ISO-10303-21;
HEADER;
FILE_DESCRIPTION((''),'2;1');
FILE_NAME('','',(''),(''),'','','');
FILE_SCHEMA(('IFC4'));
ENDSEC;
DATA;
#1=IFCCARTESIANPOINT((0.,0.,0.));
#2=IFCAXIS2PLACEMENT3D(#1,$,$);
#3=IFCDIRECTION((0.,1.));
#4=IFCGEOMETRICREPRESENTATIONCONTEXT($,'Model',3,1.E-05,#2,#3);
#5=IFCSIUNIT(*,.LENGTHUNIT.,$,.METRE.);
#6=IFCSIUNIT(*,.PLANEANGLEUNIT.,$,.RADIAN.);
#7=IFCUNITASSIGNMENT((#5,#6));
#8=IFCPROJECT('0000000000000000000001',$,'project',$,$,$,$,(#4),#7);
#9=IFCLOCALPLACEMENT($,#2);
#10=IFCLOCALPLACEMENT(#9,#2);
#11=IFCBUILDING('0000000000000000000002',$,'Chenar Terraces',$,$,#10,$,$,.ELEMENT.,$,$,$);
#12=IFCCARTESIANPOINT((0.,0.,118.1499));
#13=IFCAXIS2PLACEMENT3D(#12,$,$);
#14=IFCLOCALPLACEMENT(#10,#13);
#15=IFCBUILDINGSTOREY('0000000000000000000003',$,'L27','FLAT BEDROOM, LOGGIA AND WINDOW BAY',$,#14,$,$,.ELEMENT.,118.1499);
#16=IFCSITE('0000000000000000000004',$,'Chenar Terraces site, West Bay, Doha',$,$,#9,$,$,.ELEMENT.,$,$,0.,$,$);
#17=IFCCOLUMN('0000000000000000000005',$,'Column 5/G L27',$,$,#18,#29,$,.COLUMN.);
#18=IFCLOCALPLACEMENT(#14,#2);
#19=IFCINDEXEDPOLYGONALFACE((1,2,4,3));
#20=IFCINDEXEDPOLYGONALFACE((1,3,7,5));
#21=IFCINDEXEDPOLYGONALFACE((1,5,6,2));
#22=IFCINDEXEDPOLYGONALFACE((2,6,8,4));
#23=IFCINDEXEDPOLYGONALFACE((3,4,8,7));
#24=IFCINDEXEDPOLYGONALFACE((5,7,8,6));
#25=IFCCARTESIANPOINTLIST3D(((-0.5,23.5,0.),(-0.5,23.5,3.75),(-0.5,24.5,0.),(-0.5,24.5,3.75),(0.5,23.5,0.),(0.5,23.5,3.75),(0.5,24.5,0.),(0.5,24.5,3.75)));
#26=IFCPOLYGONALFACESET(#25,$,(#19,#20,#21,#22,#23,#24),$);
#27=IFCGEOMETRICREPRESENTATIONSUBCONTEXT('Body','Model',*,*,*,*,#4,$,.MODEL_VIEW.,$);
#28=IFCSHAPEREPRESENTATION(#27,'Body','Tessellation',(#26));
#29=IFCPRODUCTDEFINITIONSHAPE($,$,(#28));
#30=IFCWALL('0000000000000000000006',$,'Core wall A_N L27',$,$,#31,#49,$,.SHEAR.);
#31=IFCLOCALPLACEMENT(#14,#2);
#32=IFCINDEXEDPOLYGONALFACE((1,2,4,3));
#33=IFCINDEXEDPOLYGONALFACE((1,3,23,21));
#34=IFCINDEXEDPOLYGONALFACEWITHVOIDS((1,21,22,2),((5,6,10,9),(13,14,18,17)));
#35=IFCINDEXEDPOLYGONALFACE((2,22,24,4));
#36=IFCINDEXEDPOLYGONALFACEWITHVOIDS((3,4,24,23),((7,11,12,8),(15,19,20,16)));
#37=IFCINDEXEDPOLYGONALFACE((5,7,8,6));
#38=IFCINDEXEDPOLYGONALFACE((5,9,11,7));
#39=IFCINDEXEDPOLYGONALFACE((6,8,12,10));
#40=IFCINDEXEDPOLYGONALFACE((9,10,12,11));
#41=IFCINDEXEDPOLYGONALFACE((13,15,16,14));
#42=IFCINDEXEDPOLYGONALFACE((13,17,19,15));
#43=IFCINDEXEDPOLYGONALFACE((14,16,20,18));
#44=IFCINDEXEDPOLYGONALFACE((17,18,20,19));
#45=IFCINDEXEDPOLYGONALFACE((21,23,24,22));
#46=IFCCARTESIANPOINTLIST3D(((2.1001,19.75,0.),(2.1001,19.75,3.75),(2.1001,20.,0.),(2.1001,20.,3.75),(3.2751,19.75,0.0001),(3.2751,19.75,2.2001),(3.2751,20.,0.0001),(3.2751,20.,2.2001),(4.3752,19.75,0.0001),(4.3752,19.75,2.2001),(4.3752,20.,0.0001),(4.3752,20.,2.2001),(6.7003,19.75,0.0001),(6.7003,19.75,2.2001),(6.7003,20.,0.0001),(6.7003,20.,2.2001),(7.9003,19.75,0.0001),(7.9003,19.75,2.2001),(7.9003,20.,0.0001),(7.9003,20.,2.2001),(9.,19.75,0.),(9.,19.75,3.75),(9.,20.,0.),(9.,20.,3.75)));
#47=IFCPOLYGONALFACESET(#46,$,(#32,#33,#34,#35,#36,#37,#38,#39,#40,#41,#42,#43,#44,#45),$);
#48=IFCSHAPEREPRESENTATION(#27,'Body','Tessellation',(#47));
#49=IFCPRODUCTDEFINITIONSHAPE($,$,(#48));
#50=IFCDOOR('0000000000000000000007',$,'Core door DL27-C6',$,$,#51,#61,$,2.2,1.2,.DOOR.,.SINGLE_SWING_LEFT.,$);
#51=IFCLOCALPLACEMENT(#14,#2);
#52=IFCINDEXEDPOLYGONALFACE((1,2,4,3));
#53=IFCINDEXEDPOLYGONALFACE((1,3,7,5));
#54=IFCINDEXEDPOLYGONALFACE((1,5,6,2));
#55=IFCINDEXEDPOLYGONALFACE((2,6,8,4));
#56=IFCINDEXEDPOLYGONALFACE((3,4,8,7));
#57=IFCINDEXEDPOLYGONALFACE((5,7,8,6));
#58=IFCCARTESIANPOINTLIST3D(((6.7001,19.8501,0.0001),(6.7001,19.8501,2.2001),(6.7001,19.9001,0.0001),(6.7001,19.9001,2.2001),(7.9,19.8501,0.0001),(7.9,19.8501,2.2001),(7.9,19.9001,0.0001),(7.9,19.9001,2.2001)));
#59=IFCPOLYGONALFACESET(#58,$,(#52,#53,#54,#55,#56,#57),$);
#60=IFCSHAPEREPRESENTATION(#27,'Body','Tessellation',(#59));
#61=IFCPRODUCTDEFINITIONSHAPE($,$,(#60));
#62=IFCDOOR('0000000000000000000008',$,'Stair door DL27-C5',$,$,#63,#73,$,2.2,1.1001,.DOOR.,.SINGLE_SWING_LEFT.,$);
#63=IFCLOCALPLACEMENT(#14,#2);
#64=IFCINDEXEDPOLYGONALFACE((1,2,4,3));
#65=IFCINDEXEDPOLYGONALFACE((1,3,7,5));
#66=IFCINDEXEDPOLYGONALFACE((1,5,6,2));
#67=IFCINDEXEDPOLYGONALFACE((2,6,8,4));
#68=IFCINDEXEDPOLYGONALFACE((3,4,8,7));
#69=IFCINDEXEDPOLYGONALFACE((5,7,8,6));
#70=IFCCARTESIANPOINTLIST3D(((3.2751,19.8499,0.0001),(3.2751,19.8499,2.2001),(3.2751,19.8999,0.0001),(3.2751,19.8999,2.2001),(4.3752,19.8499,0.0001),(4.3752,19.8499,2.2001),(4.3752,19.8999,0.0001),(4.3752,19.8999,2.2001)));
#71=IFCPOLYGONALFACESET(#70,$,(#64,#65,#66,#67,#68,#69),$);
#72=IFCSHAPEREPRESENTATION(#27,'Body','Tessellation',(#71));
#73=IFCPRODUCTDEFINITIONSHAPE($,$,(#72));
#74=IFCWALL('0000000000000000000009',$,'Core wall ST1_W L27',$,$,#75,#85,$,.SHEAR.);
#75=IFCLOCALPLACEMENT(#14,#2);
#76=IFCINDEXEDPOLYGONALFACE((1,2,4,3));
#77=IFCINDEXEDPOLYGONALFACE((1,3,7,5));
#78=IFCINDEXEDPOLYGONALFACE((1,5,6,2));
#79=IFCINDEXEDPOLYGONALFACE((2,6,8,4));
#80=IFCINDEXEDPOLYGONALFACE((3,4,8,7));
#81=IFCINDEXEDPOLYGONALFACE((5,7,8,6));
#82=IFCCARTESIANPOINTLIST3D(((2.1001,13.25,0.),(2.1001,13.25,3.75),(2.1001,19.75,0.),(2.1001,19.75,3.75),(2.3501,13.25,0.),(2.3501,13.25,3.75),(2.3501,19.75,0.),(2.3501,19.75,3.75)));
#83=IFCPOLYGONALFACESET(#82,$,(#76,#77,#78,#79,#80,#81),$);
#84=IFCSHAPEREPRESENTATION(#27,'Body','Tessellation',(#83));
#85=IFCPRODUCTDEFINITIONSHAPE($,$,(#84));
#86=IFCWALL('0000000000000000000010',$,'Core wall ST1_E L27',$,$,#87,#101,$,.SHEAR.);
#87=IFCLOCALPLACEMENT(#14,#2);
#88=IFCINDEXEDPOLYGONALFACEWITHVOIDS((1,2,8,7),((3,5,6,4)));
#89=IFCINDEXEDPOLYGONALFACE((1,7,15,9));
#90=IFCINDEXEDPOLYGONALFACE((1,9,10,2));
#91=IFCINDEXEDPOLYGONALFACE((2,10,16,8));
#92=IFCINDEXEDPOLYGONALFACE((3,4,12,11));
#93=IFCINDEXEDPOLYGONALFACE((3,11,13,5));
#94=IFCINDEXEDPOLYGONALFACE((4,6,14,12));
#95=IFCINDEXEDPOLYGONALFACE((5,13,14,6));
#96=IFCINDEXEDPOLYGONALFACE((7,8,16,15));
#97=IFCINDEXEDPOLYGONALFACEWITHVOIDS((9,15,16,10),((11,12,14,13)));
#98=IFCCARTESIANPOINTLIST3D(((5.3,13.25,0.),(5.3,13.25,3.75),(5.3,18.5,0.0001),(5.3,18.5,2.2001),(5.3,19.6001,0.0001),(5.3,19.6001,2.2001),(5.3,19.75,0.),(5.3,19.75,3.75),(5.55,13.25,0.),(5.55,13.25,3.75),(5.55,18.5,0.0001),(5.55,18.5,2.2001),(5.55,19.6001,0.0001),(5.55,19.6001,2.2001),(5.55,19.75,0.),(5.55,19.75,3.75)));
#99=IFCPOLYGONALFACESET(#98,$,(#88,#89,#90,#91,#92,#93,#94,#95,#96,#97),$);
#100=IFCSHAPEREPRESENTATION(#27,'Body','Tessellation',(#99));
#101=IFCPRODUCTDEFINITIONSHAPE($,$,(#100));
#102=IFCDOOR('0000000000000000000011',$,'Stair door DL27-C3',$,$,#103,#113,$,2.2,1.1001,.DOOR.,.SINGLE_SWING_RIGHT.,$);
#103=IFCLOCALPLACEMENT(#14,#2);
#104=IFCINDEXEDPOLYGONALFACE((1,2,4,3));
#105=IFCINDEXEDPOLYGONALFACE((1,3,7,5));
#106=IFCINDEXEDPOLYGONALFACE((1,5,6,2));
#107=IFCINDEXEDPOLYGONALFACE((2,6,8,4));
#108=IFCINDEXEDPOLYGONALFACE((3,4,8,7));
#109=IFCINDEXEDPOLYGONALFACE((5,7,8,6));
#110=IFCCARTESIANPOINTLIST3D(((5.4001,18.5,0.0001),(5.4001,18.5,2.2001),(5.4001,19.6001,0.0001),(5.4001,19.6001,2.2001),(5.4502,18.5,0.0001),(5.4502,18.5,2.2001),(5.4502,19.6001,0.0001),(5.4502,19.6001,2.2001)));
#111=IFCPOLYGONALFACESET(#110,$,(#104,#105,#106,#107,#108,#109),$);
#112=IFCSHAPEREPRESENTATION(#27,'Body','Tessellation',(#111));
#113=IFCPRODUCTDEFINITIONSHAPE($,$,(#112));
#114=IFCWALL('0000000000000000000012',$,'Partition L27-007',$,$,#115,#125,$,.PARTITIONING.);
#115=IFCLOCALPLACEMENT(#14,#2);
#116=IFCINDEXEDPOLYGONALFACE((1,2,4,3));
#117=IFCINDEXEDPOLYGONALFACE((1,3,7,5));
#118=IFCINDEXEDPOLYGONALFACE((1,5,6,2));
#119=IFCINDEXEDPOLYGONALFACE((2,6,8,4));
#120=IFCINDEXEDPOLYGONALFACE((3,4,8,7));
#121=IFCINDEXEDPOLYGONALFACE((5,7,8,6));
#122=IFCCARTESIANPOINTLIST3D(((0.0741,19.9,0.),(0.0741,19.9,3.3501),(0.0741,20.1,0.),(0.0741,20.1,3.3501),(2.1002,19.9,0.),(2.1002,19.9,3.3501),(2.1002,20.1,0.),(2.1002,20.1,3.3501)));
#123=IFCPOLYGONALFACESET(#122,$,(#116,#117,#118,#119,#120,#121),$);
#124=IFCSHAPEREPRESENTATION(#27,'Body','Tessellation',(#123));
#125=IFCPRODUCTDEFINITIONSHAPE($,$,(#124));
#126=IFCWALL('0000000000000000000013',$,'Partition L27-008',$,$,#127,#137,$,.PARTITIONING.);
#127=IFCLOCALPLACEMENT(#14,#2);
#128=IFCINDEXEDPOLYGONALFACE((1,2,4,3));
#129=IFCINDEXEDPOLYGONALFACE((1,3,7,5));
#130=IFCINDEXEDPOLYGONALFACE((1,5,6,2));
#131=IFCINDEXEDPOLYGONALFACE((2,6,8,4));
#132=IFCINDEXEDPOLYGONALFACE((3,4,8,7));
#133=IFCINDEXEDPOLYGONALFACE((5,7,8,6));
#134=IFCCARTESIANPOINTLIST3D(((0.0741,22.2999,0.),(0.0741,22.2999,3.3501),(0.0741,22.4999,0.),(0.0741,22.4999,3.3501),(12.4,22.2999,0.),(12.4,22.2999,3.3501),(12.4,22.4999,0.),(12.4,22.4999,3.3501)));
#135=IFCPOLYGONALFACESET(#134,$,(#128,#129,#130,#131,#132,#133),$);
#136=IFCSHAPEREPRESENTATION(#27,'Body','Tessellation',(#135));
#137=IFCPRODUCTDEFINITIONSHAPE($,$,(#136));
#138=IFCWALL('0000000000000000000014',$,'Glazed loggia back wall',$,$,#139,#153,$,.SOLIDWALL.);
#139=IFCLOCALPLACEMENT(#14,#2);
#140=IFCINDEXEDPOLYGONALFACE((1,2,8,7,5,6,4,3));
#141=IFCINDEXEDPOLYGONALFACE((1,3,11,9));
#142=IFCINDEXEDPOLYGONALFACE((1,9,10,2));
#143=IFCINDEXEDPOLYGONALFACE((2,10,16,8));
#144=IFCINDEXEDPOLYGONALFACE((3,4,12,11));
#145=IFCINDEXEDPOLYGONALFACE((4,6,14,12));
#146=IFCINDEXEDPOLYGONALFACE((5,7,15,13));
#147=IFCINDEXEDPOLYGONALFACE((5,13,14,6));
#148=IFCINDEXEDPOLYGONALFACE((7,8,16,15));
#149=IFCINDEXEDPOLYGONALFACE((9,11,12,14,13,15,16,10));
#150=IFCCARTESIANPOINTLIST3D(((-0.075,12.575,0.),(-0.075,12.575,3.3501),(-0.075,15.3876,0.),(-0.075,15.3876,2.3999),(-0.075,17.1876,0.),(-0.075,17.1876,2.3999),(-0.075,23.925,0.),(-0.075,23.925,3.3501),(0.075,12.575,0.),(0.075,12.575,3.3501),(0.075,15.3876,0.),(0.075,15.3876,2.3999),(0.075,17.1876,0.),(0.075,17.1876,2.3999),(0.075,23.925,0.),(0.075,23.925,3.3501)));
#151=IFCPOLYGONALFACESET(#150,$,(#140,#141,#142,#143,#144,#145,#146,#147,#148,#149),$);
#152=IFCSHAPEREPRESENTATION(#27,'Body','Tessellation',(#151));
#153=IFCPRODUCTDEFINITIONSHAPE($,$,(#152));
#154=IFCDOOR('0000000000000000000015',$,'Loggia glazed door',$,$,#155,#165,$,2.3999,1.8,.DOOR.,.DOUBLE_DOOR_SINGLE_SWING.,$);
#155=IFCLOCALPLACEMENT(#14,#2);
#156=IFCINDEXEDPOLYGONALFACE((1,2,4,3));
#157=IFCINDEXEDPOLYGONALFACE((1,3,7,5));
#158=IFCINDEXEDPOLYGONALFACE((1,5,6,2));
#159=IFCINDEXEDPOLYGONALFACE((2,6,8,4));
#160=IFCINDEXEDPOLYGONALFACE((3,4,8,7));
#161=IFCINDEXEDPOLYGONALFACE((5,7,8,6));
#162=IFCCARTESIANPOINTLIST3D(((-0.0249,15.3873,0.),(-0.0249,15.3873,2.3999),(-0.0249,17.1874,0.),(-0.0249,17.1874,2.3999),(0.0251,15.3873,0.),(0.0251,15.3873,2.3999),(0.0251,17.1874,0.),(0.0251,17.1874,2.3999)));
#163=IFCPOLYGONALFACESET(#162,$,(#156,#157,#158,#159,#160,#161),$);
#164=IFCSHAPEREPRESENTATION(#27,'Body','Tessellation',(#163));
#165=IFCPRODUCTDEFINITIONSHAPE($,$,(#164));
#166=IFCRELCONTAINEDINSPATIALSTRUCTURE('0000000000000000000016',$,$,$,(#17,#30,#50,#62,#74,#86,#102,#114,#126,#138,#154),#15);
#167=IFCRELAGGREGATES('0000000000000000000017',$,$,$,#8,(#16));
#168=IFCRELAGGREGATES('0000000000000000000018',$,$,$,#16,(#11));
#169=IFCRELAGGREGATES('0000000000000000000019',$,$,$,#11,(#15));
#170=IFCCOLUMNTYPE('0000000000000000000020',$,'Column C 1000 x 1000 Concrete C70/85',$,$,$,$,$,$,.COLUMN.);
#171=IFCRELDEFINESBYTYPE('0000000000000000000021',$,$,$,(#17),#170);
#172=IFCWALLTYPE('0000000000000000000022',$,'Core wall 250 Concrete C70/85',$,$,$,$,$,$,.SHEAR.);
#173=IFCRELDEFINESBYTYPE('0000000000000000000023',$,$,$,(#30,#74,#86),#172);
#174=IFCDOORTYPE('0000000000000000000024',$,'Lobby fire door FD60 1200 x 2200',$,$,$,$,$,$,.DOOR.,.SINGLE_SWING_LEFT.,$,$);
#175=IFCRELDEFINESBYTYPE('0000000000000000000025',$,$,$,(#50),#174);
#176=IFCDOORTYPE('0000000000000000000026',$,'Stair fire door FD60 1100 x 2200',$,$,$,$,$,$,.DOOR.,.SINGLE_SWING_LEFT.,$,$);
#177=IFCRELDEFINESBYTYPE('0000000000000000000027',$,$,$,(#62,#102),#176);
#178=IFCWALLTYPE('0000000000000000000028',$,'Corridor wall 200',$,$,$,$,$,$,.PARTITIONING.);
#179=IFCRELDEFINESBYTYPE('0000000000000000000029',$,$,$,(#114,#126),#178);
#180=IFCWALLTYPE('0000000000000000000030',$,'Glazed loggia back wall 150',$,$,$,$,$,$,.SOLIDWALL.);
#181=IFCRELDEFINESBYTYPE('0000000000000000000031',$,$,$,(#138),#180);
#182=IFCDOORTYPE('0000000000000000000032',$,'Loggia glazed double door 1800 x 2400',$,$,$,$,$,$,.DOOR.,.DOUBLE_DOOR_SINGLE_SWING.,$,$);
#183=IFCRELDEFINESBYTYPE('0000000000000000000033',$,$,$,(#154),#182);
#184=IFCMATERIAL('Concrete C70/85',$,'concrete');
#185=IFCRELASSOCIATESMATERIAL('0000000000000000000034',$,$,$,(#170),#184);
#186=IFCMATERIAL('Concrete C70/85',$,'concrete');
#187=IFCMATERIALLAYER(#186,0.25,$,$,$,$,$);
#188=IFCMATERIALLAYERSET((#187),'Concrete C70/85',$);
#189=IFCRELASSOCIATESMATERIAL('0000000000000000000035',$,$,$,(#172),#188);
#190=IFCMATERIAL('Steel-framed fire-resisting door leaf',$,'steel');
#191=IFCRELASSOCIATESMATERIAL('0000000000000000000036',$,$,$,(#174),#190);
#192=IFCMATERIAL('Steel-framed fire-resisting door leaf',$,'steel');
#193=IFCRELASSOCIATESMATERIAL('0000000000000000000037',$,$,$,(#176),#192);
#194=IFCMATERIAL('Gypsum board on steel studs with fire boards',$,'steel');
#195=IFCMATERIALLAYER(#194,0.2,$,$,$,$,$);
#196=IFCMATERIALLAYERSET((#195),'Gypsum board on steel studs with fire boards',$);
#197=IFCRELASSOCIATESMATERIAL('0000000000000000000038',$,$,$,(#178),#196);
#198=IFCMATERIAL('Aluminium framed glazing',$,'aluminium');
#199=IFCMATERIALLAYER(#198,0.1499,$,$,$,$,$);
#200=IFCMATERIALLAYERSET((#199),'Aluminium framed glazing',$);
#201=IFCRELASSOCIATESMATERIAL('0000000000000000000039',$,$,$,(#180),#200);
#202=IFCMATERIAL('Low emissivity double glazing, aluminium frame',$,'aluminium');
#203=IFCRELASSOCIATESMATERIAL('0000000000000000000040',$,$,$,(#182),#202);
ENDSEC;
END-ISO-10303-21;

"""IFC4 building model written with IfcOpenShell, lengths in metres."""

from ifc_helpers import new_model, si_unit, direction, frame, frame_2d, origin, origin_2d, place, context, subcontext, project, spatial, rectangle, extrude, material, layer, layer_set, material_profile, profile_set, type_object, element, fill, save


model = new_model("IFC4")

# Units and contexts
model_context = context("Model", 3, precision=1e-05, world=origin(), true_north=direction((0.0, 1.0)))
body_context = subcontext(model_context, "Body", "Model", "MODEL_VIEW")
ifc_project = project(units=[si_unit("LENGTHUNIT", "METRE"), si_unit("PLANEANGLEUNIT", "RADIAN")], contexts=[model_context])

# Site, building, storey
site_placement = place(None, origin())
site = spatial("IfcSite", under=ifc_project, at=site_placement, Name="Chenar Terraces site, West Bay, Doha", CompositionType="ELEMENT", RefElevation=0.0)
building_placement = place(site_placement, origin())
building = spatial("IfcBuilding", under=site, at=building_placement, Name="Chenar Terraces", CompositionType="ELEMENT")
storey_placement = place(building_placement, frame((0.0, 0.0, 118.1499)))
storey = spatial("IfcBuildingStorey", under=building, at=storey_placement, Name="L27", Description="FLAT BEDROOM, LOGGIA AND WINDOW BAY", CompositionType="ELEMENT", Elevation=118.1499)

# Column
ifc_material_1 = material(Name="Concrete C70/85", Category="concrete")
ifc_material_profile = material_profile(ifc_material_1, rectangle(XDim=1.0, YDim=1.0, at=origin_2d()), Name="C 1000 x 1000")
ifc_profile_set = profile_set([ifc_material_profile], Name="Concrete C70/85")
column_type = type_object("IfcColumnType", Name="Column C 1000 x 1000 Concrete C70/85", PredefinedType="COLUMN", material=ifc_profile_set)
column_placement = place(storey_placement, frame((0.0, 24.0, 0.0), z_axis=(0.0, 0.0, 1.0), x_axis=(1.0, 0.0, 0.0)))
element("IfcColumn", 1, at=column_placement, inside=storey, type_object=column_type, Name="Column 5/G L27", PredefinedType="COLUMN", context=body_context, shape_type="SweptSolid", body=[
    extrude(rectangle(XDim=1.0, YDim=1.0, at=origin_2d()), origin(), (0.0, 0.0, 1.0), 3.75),
])

# Wall, openings, doors
ifc_material_2 = material(Name="Concrete C70/85", Category="concrete")
ifc_layer_1 = layer(ifc_material_2, 0.25)
ifc_layer_set_1 = layer_set([ifc_layer_1], Name="Concrete C70/85")
wall_type_1 = type_object("IfcWallType", Name="Core wall 250 Concrete C70/85", PredefinedType="SHEAR", material=ifc_layer_set_1)
wall_1_placement = place(storey_placement, frame((2.1001, 19.875, 0.0), z_axis=(0.0, 0.0, 1.0), x_axis=(1.0, 0.0, 0.0)))
wall_1 = element("IfcWall", 2, at=wall_1_placement, inside=storey, type_object=wall_type_1, Name="Core wall A_N L27", PredefinedType="SHEAR", context=body_context, shape_type="SweptSolid", body=[
    extrude(rectangle(XDim=6.8999, YDim=0.25, at=frame_2d((3.45, 0.0))), origin(), (0.0, 0.0, 1.0), 3.75),
])
opening_1_placement = place(wall_1_placement, frame((1.175, 0.0, 0.0)))
opening_1 = element("IfcOpeningElement", 3, at=opening_1_placement, cuts=wall_1, PredefinedType="OPENING", context=body_context, shape_type="SweptSolid", body=[
    extrude(rectangle(XDim=1.1001, YDim=2.2, at=frame_2d((0.55, 1.1001))), frame((0.0, 0.135, 0.0), z_axis=(0.0, -1.0, 0.0), x_axis=(1.0, 0.0, 0.0)), (0.0, 0.0, 1.0), 0.27),
])
opening_2_placement = place(wall_1_placement, frame((4.6001, 0.0, 0.0)))
opening_2 = element("IfcOpeningElement", 4, at=opening_2_placement, cuts=wall_1, PredefinedType="OPENING", context=body_context, shape_type="SweptSolid", body=[
    extrude(rectangle(XDim=1.2, YDim=2.2, at=frame_2d((0.6001, 1.1001))), frame((0.0, 0.135, 0.0), z_axis=(0.0, -1.0, 0.0), x_axis=(1.0, 0.0, 0.0)), (0.0, 0.0, 1.0), 0.27),
])
ifc_material_3 = material(Name="Steel-framed fire-resisting door leaf", Category="steel")
door_type_1 = type_object("IfcDoorType", Name="Lobby fire door FD60 1200 x 2200", OperationType="SINGLE_SWING_LEFT", PredefinedType="DOOR", material=ifc_material_3)
door_1_placement = place(opening_2_placement, frame((1.2, 0.0, 0.0), z_axis=(0.0, 0.0, 1.0), x_axis=(-1.0, 0.0, 0.0)))
door_1 = element("IfcDoor", 5, at=door_1_placement, inside=storey, type_object=door_type_1, Name="Core door DL27-C6", OperationType="SINGLE_SWING_LEFT", OverallHeight=2.2, OverallWidth=1.2, PredefinedType="DOOR", context=body_context, shape_type="SweptSolid", body=[
    extrude(rectangle(XDim=1.2, YDim=2.2, at=frame_2d((0.6001, 1.1001))), frame((0.0, 0.0249, 0.0), z_axis=(0.0, -1.0, 0.0), x_axis=(1.0, 0.0, 0.0)), (0.0, 0.0, 1.0), 0.05),
])
fill(opening_2, door_1)
ifc_material_4 = material(Name="Steel-framed fire-resisting door leaf", Category="steel")
door_type_2 = type_object("IfcDoorType", Name="Stair fire door FD60 1100 x 2200", OperationType="SINGLE_SWING_LEFT", PredefinedType="DOOR", material=ifc_material_4)
door_2_placement = place(opening_1_placement, origin())
door_2 = element("IfcDoor", 6, at=door_2_placement, inside=storey, type_object=door_type_2, Name="Stair door DL27-C5", OperationType="SINGLE_SWING_LEFT", OverallHeight=2.2, OverallWidth=1.1001, PredefinedType="DOOR", context=body_context, shape_type="SweptSolid", body=[
    extrude(rectangle(XDim=1.1001, YDim=2.2, at=frame_2d((0.55, 1.1001))), frame((0.0, 0.0249, 0.0), z_axis=(0.0, -1.0, 0.0), x_axis=(1.0, 0.0, 0.0)), (0.0, 0.0, 1.0), 0.05),
])
fill(opening_1, door_2)

# Wall
wall_2_placement = place(storey_placement, frame((2.2251, 13.25, 0.0), z_axis=(0.0, 0.0, 1.0), x_axis=(0.0, 1.0, 0.0)))
element("IfcWall", 7, at=wall_2_placement, inside=storey, type_object=wall_type_1, Name="Core wall ST1_W L27", PredefinedType="SHEAR", context=body_context, shape_type="SweptSolid", body=[
    extrude(rectangle(XDim=6.5, YDim=0.25, at=frame_2d((3.25, 0.0))), origin(), (0.0, 0.0, 1.0), 3.75),
])

# Wall, opening, door
wall_3_placement = place(storey_placement, frame((5.425, 13.25, 0.0), z_axis=(0.0, 0.0, 1.0), x_axis=(0.0, 1.0, 0.0)))
wall_3 = element("IfcWall", 8, at=wall_3_placement, inside=storey, type_object=wall_type_1, Name="Core wall ST1_E L27", PredefinedType="SHEAR", context=body_context, shape_type="SweptSolid", body=[
    extrude(rectangle(XDim=6.5, YDim=0.25, at=frame_2d((3.25, 0.0))), origin(), (0.0, 0.0, 1.0), 3.75),
])
opening_3_placement = place(wall_3_placement, frame((5.25, 0.0, 0.0)))
opening_3 = element("IfcOpeningElement", 9, at=opening_3_placement, cuts=wall_3, PredefinedType="OPENING", context=body_context, shape_type="SweptSolid", body=[
    extrude(rectangle(XDim=1.1001, YDim=2.2, at=frame_2d((0.55, 1.1001))), frame((0.0, 0.135, 0.0), z_axis=(0.0, -1.0, 0.0), x_axis=(1.0, 0.0, 0.0)), (0.0, 0.0, 1.0), 0.27),
])
door_3_placement = place(opening_3_placement, origin())
door_3 = element("IfcDoor", 10, at=door_3_placement, inside=storey, type_object=door_type_2, Name="Stair door DL27-C3", OperationType="SINGLE_SWING_RIGHT", OverallHeight=2.2, OverallWidth=1.1001, PredefinedType="DOOR", context=body_context, shape_type="SweptSolid", body=[
    extrude(rectangle(XDim=1.1001, YDim=2.2, at=frame_2d((0.55, 1.1001))), frame((0.0, 0.0249, 0.0), z_axis=(0.0, -1.0, 0.0), x_axis=(1.0, 0.0, 0.0)), (0.0, 0.0, 1.0), 0.05),
])
fill(opening_3, door_3)

# Walls
ifc_material_5 = material(Name="Gypsum board on steel studs with fire boards", Category="steel")
ifc_layer_2 = layer(ifc_material_5, 0.2)
ifc_layer_set_2 = layer_set([ifc_layer_2], Name="Gypsum board on steel studs with fire boards")
wall_type_2 = type_object("IfcWallType", Name="Corridor wall 200", PredefinedType="PARTITIONING", material=ifc_layer_set_2)
wall_4_placement = place(storey_placement, frame((0.074, 20.0, 0.0), z_axis=(0.0, 0.0, 1.0), x_axis=(1.0, 0.0, 0.0)))
element("IfcWall", 11, at=wall_4_placement, inside=storey, type_object=wall_type_2, Name="Partition L27-007", PredefinedType="PARTITIONING", context=body_context, shape_type="SweptSolid", body=[
    extrude(rectangle(XDim=2.0261, YDim=0.2, at=frame_2d((1.0132, 0.0))), origin(), (0.0, 0.0, 1.0), 3.3501),
])
wall_5_placement = place(storey_placement, frame((0.074, 22.3999, 0.0), z_axis=(0.0, 0.0, 1.0), x_axis=(1.0, 0.0, 0.0)))
element("IfcWall", 12, at=wall_5_placement, inside=storey, type_object=wall_type_2, Name="Partition L27-008", PredefinedType="PARTITIONING", context=body_context, shape_type="SweptSolid", body=[
    extrude(rectangle(XDim=12.3259, YDim=0.2, at=frame_2d((6.1631, 0.0))), origin(), (0.0, 0.0, 1.0), 3.3501),
])

# Wall, opening, door
ifc_material_6 = material(Name="Aluminium framed glazing", Category="aluminium")
ifc_layer_3 = layer(ifc_material_6, 0.1499)
ifc_layer_set_3 = layer_set([ifc_layer_3], Name="Aluminium framed glazing")
wall_type_3 = type_object("IfcWallType", Name="Glazed loggia back wall 150", PredefinedType="SOLIDWALL", material=ifc_layer_set_3)
wall_6_placement = place(storey_placement, frame((0.0, 23.925, 0.0), z_axis=(0.0, 0.0, 1.0), x_axis=(0.0, -1.0, 0.0)))
wall_6 = element("IfcWall", 13, at=wall_6_placement, inside=storey, type_object=wall_type_3, Name="Glazed loggia back wall", PredefinedType="SOLIDWALL", context=body_context, shape_type="SweptSolid", body=[
    extrude(rectangle(XDim=11.3501, YDim=0.1499, at=frame_2d((5.675, 0.0))), origin(), (0.0, 0.0, 1.0), 3.3501),
])
opening_4_placement = place(wall_6_placement, frame((6.7375, 0.0, 0.0)))
opening_4 = element("IfcOpeningElement", 14, at=opening_4_placement, cuts=wall_6, PredefinedType="OPENING", context=body_context, shape_type="SweptSolid", body=[
    extrude(rectangle(XDim=1.8, YDim=2.3999, at=frame_2d((0.8999, 1.2))), frame((0.0, 0.085, 0.0), z_axis=(0.0, -1.0, 0.0), x_axis=(1.0, 0.0, 0.0)), (0.0, 0.0, 1.0), 0.1699),
])
ifc_material_7 = material(Name="Low emissivity double glazing, aluminium frame", Category="aluminium")
door_type_3 = type_object("IfcDoorType", Name="Loggia glazed double door 1800 x 2400", OperationType="DOUBLE_DOOR_SINGLE_SWING", PredefinedType="DOOR", material=ifc_material_7)
door_4_placement = place(opening_4_placement, frame((1.8, 0.0, 0.0), z_axis=(0.0, 0.0, 1.0), x_axis=(-1.0, 0.0, 0.0)))
door_4 = element("IfcDoor", 15, at=door_4_placement, inside=storey, type_object=door_type_3, Name="Loggia glazed door", OperationType="DOUBLE_DOOR_SINGLE_SWING", OverallHeight=2.3999, OverallWidth=1.8, PredefinedType="DOOR", context=body_context, shape_type="SweptSolid", body=[
    extrude(rectangle(XDim=1.8, YDim=2.3999, at=frame_2d((0.8999, 1.2))), frame((0.0, 0.0249, 0.0), z_axis=(0.0, -1.0, 0.0), x_axis=(1.0, 0.0, 0.0)), (0.0, 0.0, 1.0), 0.05),
])
fill(opening_4, door_4)

save(model, "model.ifc")
